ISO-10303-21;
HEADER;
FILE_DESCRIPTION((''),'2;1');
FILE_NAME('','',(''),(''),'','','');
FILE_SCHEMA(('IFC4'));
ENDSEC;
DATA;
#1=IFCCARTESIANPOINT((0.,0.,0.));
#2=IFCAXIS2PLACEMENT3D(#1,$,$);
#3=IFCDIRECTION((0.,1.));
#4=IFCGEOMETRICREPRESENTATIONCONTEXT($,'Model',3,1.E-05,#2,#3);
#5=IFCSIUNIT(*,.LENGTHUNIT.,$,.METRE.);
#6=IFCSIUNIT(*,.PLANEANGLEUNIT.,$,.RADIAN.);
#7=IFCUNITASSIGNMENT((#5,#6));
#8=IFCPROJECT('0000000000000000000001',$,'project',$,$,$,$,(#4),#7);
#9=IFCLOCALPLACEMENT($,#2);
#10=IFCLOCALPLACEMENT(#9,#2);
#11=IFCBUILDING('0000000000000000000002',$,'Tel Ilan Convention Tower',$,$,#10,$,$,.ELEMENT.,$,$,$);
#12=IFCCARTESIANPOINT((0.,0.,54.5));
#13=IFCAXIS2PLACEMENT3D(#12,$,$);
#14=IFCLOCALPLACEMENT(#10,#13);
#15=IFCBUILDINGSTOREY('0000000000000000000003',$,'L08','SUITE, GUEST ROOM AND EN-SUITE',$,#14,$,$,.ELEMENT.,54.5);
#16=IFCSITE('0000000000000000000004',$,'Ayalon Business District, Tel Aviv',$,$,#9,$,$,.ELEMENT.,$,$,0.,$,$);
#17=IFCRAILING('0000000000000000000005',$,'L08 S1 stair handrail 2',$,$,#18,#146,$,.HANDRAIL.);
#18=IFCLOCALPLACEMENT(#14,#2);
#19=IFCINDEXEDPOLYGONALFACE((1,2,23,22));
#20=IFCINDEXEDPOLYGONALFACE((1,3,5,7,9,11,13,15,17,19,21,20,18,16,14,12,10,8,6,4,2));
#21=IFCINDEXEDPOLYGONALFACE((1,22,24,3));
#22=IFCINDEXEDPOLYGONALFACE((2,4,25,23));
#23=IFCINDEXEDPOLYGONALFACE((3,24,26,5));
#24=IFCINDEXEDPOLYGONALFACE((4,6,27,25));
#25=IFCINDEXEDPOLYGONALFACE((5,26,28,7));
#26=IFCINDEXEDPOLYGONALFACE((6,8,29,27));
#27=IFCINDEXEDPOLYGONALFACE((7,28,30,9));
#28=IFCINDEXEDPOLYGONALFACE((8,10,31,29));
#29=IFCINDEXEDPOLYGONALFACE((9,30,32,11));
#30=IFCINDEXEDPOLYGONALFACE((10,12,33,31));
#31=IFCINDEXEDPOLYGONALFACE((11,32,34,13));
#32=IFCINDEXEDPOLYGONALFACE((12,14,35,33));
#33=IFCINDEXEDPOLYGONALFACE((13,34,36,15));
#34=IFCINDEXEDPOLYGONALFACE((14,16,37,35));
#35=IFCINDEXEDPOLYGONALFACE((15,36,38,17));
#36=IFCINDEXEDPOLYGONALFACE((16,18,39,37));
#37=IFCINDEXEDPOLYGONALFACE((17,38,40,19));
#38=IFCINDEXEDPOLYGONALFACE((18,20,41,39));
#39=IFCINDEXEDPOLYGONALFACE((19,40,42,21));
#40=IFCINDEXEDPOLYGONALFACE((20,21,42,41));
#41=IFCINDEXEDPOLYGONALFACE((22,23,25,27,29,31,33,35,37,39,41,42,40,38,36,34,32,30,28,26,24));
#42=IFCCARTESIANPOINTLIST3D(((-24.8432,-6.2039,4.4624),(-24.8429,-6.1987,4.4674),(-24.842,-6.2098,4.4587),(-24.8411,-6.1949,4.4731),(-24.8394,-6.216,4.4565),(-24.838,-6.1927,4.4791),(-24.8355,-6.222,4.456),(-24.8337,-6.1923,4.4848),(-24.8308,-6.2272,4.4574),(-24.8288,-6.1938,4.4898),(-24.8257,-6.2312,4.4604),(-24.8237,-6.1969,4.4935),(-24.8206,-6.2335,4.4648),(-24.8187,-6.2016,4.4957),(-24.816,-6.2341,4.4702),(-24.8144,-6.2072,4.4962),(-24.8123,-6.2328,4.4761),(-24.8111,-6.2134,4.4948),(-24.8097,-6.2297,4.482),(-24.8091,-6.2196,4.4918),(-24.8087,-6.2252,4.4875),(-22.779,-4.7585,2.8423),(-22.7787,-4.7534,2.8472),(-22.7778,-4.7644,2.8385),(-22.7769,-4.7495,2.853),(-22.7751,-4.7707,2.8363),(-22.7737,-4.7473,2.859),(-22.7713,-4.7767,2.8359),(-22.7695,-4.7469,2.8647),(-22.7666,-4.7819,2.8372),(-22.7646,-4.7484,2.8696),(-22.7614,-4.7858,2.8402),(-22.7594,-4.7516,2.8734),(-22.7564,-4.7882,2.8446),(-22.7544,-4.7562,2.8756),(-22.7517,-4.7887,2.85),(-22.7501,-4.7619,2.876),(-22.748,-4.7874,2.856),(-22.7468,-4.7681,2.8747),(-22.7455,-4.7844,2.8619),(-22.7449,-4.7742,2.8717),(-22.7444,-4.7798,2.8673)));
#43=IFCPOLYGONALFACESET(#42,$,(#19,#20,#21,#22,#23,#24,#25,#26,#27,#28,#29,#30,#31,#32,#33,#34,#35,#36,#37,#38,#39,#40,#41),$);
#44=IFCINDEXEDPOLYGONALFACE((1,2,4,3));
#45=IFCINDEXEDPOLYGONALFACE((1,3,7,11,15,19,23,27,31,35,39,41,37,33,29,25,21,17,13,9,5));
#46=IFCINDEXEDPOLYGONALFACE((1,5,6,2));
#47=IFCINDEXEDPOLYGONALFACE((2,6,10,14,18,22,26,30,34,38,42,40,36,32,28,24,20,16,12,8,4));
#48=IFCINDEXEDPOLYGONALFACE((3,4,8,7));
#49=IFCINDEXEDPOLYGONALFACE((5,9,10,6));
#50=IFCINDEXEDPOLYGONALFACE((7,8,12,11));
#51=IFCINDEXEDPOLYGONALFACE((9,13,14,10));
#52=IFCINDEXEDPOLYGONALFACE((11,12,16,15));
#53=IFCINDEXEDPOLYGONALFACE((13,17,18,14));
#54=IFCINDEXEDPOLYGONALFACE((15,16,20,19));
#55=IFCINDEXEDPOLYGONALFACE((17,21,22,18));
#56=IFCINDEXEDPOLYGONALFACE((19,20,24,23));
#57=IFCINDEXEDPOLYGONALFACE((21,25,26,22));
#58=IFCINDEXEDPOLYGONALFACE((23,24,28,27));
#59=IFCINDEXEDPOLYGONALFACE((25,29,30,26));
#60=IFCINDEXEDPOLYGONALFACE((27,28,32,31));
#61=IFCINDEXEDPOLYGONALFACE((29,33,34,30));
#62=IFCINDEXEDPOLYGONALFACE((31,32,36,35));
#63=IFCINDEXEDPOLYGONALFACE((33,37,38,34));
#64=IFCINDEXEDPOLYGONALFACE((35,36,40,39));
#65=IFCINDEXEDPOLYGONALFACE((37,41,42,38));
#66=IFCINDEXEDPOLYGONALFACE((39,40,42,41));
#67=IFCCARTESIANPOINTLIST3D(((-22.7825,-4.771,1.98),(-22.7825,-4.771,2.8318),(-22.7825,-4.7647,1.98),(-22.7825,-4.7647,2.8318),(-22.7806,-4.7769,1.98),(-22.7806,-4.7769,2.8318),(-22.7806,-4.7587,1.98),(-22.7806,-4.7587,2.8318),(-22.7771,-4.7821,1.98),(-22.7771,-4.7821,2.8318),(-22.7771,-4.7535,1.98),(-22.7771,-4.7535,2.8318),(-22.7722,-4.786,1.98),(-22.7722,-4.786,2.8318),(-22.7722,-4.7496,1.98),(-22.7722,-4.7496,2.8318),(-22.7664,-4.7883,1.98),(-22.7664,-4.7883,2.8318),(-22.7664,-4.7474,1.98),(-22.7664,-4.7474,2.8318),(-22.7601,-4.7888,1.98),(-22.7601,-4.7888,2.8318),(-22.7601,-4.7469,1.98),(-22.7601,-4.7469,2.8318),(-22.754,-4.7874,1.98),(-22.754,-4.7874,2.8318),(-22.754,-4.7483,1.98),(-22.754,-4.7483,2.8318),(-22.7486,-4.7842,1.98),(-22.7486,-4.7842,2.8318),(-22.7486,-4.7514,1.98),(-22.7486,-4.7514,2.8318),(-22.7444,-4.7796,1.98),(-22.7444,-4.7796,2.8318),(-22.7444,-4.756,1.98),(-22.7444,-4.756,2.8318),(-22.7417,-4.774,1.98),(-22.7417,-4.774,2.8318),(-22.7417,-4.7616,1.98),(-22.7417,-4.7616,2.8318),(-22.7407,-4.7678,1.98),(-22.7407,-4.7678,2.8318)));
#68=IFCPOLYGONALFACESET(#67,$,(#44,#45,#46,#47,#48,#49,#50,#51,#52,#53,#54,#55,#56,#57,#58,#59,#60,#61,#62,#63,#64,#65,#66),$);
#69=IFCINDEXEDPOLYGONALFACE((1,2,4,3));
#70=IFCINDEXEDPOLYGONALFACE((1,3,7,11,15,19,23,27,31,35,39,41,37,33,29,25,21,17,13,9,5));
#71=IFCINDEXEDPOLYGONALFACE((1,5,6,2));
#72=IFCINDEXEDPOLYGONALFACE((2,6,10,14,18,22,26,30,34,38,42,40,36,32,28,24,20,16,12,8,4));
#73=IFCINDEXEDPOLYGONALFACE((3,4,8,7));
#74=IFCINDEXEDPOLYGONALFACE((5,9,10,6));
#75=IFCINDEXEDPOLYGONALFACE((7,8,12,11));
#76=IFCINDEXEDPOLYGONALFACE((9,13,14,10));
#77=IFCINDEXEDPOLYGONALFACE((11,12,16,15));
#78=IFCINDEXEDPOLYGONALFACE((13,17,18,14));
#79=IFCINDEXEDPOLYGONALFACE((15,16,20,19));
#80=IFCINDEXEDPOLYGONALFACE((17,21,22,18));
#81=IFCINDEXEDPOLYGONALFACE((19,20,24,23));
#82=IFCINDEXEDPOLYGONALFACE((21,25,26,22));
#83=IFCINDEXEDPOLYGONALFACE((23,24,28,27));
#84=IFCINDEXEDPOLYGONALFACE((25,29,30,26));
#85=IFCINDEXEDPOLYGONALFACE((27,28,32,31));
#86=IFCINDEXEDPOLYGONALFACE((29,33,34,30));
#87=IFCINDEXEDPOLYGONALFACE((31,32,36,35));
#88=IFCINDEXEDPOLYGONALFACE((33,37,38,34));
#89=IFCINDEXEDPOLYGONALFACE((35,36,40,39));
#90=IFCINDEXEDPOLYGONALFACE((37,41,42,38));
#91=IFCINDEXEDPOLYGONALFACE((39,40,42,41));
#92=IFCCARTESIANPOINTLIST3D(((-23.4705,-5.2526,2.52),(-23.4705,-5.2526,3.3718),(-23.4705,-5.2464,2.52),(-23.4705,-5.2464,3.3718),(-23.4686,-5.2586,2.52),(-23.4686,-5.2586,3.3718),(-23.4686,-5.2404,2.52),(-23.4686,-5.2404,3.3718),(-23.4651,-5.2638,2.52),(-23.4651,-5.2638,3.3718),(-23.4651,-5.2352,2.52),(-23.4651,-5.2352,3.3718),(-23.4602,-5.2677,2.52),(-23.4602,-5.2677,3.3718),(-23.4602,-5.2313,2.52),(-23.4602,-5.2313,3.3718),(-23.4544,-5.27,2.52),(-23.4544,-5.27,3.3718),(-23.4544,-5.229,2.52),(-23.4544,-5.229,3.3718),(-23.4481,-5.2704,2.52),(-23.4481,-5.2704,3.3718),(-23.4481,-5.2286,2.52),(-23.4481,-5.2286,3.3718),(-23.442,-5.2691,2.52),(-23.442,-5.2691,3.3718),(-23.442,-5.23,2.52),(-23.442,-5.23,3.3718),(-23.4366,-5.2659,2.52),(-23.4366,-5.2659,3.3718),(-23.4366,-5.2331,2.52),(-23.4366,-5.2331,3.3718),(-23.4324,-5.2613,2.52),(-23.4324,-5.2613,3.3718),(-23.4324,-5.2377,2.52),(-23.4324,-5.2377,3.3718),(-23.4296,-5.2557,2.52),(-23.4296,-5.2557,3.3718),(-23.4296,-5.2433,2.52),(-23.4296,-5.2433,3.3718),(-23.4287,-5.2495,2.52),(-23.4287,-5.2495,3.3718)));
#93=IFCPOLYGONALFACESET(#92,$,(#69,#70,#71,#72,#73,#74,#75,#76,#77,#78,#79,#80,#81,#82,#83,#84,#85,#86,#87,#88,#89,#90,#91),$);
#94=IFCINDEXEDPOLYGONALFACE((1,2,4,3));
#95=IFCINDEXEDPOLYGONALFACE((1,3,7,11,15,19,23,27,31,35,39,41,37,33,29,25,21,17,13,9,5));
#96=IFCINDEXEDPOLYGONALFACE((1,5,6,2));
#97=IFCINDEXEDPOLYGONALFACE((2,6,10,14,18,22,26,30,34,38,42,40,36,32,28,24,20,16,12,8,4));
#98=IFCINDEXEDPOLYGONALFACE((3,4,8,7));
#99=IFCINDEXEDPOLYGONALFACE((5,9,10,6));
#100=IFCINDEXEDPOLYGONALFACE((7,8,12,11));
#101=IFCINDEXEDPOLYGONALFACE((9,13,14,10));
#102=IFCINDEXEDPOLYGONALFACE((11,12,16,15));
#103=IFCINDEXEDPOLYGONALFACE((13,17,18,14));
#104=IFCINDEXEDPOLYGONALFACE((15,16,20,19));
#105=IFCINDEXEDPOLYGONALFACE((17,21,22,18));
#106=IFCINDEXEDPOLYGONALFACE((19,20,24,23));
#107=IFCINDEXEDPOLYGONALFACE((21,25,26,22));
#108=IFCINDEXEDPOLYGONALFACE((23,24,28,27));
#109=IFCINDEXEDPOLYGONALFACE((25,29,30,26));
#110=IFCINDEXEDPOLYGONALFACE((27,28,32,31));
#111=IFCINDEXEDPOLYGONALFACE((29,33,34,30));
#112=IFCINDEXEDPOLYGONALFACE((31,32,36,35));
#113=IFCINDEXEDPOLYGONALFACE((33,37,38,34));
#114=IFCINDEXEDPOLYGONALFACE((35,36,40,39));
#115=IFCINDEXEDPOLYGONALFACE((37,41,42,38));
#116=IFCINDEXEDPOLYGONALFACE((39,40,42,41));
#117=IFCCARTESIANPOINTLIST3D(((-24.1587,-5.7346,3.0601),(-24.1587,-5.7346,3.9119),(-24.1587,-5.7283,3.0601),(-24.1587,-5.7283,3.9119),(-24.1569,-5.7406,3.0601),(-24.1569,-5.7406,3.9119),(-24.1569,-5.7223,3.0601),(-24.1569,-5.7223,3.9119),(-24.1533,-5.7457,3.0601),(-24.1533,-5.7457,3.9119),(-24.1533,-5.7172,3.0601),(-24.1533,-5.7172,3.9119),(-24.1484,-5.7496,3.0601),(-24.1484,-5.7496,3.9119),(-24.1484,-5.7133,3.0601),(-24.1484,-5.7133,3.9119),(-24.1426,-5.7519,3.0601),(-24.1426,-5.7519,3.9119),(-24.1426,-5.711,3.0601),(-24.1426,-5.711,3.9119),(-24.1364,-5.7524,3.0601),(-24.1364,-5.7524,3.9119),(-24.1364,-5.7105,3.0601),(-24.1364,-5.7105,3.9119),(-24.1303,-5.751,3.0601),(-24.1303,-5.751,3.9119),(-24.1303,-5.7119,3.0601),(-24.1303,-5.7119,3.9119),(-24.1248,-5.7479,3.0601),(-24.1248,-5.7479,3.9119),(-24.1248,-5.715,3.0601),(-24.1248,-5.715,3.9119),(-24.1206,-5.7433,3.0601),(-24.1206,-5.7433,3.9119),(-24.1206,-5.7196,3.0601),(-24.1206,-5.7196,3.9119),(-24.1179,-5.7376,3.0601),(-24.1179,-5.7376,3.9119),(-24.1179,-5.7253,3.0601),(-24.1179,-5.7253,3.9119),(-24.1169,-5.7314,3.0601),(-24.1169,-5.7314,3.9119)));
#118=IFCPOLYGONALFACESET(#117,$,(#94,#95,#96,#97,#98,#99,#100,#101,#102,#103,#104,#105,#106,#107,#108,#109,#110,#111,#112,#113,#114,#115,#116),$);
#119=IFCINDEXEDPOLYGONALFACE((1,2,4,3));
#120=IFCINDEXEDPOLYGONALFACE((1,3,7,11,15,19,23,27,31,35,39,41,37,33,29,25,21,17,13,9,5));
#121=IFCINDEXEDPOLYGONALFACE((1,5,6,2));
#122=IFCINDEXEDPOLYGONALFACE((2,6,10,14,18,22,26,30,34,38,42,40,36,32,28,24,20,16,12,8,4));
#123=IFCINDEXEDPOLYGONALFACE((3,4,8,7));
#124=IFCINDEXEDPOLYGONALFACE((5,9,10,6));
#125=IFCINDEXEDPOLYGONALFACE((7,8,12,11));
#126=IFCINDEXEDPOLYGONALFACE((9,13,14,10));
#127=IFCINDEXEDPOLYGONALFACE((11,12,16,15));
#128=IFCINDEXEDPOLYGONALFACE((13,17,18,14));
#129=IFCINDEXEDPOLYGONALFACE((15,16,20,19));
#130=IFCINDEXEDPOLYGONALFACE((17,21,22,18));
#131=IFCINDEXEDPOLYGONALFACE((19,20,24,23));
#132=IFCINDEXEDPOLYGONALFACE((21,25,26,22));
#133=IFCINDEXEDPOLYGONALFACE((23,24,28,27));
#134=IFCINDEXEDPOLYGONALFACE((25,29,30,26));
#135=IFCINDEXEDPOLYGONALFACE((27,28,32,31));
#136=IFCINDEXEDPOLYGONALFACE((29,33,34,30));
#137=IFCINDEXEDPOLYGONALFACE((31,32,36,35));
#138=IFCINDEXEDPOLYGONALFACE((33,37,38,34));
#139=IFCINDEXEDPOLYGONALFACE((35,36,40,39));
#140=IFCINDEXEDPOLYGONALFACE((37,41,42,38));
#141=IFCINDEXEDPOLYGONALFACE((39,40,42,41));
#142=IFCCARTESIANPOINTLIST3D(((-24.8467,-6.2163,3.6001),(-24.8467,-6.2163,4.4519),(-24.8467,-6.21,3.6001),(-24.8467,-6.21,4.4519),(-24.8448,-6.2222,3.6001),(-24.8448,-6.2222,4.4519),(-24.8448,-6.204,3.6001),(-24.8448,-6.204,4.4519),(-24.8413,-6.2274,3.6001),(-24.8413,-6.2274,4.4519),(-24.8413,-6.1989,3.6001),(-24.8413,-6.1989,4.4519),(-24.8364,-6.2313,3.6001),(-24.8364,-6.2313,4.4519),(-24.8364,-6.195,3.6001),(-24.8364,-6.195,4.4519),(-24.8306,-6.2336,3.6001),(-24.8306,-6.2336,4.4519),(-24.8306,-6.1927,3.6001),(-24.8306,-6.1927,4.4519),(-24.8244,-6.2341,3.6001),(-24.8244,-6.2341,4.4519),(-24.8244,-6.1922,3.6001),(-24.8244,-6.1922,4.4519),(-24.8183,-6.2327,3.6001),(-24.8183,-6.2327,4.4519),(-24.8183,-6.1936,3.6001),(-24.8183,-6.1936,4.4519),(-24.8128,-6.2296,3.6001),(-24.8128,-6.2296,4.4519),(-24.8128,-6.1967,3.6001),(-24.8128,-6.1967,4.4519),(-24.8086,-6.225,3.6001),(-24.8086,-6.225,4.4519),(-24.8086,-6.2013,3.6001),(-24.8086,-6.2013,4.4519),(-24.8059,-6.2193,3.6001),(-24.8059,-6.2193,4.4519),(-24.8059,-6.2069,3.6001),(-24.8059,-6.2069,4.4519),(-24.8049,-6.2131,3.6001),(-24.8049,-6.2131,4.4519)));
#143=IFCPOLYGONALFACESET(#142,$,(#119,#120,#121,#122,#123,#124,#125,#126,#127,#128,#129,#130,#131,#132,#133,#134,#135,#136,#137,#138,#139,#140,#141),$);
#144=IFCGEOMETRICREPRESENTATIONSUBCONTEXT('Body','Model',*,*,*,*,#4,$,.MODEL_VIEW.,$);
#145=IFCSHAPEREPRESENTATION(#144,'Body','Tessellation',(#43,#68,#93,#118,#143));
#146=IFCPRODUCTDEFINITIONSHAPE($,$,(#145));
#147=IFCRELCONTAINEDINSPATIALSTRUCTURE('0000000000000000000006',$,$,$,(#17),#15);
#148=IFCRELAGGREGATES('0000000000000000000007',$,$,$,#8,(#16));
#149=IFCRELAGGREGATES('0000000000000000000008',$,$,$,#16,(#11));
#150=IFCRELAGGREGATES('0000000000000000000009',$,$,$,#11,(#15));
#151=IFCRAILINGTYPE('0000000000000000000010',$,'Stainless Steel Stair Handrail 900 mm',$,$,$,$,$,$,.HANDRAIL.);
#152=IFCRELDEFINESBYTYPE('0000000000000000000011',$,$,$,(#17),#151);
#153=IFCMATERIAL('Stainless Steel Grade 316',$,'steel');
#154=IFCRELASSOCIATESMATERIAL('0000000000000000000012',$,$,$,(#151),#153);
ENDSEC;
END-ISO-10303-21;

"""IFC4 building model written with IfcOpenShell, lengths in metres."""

from ifc_helpers import new_model, si_unit, direction, frame, origin, origin_2d, place, context, subcontext, project, spatial, circle, extrude, material, type_object, element, save


model = new_model("IFC4")

# Units and contexts
model_context = context("Model", 3, precision=1e-05, world=origin(), true_north=direction((0.0, 1.0)))
body_context = subcontext(model_context, "Body", "Model", "MODEL_VIEW")
ifc_project = project(units=[si_unit("LENGTHUNIT", "METRE"), si_unit("PLANEANGLEUNIT", "RADIAN")], contexts=[model_context])

# Site, building, storey
site_placement = place(None, origin())
site = spatial("IfcSite", under=ifc_project, at=site_placement, Name="Ayalon Business District, Tel Aviv", CompositionType="ELEMENT", RefElevation=0.0)
building_placement = place(site_placement, origin())
building = spatial("IfcBuilding", under=site, at=building_placement, Name="Tel Ilan Convention Tower", CompositionType="ELEMENT")
storey_placement = place(building_placement, frame((0.0, 0.0, 54.5)))
storey = spatial("IfcBuildingStorey", under=building, at=storey_placement, Name="L08", Description="SUITE, GUEST ROOM AND EN-SUITE", CompositionType="ELEMENT", Elevation=54.5)

# Railing
ifc_material_1 = material(Name="Stainless Steel Grade 316", Category="steel")
railing_type_1 = type_object("IfcRailingType", Name="Stainless Steel Stair Handrail 900 mm", PredefinedType="HANDRAIL", material=ifc_material_1)
railing_1_placement = place(storey_placement, frame((-22.7617, -4.7678, 1.98)))
element("IfcRailing", 1, at=railing_1_placement, inside=storey, type_object=railing_type_1, Name="L08 S1 stair handrail 2", PredefinedType="HANDRAIL", context=body_context, shape_type="SweptSolid", body=[
    extrude(circle(Radius=0.0239, at=origin_2d()), frame((0.0, 0.0, 0.876), z_axis=(-0.68904, -0.48245, 0.540801), x_axis=(0.57356, -0.819164, 0.0)), (0.0, 0.0, 1.0), 2.9958),
    extrude(circle(Radius=0.021, at=origin_2d()), origin(), (0.0, 0.0, 1.0), 0.8518),
    extrude(circle(Radius=0.021, at=origin_2d()), frame((-0.688, -0.4817, 0.54)), (0.0, 0.0, 1.0), 0.8518),
    extrude(circle(Radius=0.021, at=origin_2d()), frame((-1.3762, -0.9636, 1.0801)), (0.0, 0.0, 1.0), 0.8518),
    extrude(circle(Radius=0.021, at=origin_2d()), frame((-2.0642, -1.4453, 1.6201)), (0.0, 0.0, 1.0), 0.8518),
])

save(model, "model.ifc")
